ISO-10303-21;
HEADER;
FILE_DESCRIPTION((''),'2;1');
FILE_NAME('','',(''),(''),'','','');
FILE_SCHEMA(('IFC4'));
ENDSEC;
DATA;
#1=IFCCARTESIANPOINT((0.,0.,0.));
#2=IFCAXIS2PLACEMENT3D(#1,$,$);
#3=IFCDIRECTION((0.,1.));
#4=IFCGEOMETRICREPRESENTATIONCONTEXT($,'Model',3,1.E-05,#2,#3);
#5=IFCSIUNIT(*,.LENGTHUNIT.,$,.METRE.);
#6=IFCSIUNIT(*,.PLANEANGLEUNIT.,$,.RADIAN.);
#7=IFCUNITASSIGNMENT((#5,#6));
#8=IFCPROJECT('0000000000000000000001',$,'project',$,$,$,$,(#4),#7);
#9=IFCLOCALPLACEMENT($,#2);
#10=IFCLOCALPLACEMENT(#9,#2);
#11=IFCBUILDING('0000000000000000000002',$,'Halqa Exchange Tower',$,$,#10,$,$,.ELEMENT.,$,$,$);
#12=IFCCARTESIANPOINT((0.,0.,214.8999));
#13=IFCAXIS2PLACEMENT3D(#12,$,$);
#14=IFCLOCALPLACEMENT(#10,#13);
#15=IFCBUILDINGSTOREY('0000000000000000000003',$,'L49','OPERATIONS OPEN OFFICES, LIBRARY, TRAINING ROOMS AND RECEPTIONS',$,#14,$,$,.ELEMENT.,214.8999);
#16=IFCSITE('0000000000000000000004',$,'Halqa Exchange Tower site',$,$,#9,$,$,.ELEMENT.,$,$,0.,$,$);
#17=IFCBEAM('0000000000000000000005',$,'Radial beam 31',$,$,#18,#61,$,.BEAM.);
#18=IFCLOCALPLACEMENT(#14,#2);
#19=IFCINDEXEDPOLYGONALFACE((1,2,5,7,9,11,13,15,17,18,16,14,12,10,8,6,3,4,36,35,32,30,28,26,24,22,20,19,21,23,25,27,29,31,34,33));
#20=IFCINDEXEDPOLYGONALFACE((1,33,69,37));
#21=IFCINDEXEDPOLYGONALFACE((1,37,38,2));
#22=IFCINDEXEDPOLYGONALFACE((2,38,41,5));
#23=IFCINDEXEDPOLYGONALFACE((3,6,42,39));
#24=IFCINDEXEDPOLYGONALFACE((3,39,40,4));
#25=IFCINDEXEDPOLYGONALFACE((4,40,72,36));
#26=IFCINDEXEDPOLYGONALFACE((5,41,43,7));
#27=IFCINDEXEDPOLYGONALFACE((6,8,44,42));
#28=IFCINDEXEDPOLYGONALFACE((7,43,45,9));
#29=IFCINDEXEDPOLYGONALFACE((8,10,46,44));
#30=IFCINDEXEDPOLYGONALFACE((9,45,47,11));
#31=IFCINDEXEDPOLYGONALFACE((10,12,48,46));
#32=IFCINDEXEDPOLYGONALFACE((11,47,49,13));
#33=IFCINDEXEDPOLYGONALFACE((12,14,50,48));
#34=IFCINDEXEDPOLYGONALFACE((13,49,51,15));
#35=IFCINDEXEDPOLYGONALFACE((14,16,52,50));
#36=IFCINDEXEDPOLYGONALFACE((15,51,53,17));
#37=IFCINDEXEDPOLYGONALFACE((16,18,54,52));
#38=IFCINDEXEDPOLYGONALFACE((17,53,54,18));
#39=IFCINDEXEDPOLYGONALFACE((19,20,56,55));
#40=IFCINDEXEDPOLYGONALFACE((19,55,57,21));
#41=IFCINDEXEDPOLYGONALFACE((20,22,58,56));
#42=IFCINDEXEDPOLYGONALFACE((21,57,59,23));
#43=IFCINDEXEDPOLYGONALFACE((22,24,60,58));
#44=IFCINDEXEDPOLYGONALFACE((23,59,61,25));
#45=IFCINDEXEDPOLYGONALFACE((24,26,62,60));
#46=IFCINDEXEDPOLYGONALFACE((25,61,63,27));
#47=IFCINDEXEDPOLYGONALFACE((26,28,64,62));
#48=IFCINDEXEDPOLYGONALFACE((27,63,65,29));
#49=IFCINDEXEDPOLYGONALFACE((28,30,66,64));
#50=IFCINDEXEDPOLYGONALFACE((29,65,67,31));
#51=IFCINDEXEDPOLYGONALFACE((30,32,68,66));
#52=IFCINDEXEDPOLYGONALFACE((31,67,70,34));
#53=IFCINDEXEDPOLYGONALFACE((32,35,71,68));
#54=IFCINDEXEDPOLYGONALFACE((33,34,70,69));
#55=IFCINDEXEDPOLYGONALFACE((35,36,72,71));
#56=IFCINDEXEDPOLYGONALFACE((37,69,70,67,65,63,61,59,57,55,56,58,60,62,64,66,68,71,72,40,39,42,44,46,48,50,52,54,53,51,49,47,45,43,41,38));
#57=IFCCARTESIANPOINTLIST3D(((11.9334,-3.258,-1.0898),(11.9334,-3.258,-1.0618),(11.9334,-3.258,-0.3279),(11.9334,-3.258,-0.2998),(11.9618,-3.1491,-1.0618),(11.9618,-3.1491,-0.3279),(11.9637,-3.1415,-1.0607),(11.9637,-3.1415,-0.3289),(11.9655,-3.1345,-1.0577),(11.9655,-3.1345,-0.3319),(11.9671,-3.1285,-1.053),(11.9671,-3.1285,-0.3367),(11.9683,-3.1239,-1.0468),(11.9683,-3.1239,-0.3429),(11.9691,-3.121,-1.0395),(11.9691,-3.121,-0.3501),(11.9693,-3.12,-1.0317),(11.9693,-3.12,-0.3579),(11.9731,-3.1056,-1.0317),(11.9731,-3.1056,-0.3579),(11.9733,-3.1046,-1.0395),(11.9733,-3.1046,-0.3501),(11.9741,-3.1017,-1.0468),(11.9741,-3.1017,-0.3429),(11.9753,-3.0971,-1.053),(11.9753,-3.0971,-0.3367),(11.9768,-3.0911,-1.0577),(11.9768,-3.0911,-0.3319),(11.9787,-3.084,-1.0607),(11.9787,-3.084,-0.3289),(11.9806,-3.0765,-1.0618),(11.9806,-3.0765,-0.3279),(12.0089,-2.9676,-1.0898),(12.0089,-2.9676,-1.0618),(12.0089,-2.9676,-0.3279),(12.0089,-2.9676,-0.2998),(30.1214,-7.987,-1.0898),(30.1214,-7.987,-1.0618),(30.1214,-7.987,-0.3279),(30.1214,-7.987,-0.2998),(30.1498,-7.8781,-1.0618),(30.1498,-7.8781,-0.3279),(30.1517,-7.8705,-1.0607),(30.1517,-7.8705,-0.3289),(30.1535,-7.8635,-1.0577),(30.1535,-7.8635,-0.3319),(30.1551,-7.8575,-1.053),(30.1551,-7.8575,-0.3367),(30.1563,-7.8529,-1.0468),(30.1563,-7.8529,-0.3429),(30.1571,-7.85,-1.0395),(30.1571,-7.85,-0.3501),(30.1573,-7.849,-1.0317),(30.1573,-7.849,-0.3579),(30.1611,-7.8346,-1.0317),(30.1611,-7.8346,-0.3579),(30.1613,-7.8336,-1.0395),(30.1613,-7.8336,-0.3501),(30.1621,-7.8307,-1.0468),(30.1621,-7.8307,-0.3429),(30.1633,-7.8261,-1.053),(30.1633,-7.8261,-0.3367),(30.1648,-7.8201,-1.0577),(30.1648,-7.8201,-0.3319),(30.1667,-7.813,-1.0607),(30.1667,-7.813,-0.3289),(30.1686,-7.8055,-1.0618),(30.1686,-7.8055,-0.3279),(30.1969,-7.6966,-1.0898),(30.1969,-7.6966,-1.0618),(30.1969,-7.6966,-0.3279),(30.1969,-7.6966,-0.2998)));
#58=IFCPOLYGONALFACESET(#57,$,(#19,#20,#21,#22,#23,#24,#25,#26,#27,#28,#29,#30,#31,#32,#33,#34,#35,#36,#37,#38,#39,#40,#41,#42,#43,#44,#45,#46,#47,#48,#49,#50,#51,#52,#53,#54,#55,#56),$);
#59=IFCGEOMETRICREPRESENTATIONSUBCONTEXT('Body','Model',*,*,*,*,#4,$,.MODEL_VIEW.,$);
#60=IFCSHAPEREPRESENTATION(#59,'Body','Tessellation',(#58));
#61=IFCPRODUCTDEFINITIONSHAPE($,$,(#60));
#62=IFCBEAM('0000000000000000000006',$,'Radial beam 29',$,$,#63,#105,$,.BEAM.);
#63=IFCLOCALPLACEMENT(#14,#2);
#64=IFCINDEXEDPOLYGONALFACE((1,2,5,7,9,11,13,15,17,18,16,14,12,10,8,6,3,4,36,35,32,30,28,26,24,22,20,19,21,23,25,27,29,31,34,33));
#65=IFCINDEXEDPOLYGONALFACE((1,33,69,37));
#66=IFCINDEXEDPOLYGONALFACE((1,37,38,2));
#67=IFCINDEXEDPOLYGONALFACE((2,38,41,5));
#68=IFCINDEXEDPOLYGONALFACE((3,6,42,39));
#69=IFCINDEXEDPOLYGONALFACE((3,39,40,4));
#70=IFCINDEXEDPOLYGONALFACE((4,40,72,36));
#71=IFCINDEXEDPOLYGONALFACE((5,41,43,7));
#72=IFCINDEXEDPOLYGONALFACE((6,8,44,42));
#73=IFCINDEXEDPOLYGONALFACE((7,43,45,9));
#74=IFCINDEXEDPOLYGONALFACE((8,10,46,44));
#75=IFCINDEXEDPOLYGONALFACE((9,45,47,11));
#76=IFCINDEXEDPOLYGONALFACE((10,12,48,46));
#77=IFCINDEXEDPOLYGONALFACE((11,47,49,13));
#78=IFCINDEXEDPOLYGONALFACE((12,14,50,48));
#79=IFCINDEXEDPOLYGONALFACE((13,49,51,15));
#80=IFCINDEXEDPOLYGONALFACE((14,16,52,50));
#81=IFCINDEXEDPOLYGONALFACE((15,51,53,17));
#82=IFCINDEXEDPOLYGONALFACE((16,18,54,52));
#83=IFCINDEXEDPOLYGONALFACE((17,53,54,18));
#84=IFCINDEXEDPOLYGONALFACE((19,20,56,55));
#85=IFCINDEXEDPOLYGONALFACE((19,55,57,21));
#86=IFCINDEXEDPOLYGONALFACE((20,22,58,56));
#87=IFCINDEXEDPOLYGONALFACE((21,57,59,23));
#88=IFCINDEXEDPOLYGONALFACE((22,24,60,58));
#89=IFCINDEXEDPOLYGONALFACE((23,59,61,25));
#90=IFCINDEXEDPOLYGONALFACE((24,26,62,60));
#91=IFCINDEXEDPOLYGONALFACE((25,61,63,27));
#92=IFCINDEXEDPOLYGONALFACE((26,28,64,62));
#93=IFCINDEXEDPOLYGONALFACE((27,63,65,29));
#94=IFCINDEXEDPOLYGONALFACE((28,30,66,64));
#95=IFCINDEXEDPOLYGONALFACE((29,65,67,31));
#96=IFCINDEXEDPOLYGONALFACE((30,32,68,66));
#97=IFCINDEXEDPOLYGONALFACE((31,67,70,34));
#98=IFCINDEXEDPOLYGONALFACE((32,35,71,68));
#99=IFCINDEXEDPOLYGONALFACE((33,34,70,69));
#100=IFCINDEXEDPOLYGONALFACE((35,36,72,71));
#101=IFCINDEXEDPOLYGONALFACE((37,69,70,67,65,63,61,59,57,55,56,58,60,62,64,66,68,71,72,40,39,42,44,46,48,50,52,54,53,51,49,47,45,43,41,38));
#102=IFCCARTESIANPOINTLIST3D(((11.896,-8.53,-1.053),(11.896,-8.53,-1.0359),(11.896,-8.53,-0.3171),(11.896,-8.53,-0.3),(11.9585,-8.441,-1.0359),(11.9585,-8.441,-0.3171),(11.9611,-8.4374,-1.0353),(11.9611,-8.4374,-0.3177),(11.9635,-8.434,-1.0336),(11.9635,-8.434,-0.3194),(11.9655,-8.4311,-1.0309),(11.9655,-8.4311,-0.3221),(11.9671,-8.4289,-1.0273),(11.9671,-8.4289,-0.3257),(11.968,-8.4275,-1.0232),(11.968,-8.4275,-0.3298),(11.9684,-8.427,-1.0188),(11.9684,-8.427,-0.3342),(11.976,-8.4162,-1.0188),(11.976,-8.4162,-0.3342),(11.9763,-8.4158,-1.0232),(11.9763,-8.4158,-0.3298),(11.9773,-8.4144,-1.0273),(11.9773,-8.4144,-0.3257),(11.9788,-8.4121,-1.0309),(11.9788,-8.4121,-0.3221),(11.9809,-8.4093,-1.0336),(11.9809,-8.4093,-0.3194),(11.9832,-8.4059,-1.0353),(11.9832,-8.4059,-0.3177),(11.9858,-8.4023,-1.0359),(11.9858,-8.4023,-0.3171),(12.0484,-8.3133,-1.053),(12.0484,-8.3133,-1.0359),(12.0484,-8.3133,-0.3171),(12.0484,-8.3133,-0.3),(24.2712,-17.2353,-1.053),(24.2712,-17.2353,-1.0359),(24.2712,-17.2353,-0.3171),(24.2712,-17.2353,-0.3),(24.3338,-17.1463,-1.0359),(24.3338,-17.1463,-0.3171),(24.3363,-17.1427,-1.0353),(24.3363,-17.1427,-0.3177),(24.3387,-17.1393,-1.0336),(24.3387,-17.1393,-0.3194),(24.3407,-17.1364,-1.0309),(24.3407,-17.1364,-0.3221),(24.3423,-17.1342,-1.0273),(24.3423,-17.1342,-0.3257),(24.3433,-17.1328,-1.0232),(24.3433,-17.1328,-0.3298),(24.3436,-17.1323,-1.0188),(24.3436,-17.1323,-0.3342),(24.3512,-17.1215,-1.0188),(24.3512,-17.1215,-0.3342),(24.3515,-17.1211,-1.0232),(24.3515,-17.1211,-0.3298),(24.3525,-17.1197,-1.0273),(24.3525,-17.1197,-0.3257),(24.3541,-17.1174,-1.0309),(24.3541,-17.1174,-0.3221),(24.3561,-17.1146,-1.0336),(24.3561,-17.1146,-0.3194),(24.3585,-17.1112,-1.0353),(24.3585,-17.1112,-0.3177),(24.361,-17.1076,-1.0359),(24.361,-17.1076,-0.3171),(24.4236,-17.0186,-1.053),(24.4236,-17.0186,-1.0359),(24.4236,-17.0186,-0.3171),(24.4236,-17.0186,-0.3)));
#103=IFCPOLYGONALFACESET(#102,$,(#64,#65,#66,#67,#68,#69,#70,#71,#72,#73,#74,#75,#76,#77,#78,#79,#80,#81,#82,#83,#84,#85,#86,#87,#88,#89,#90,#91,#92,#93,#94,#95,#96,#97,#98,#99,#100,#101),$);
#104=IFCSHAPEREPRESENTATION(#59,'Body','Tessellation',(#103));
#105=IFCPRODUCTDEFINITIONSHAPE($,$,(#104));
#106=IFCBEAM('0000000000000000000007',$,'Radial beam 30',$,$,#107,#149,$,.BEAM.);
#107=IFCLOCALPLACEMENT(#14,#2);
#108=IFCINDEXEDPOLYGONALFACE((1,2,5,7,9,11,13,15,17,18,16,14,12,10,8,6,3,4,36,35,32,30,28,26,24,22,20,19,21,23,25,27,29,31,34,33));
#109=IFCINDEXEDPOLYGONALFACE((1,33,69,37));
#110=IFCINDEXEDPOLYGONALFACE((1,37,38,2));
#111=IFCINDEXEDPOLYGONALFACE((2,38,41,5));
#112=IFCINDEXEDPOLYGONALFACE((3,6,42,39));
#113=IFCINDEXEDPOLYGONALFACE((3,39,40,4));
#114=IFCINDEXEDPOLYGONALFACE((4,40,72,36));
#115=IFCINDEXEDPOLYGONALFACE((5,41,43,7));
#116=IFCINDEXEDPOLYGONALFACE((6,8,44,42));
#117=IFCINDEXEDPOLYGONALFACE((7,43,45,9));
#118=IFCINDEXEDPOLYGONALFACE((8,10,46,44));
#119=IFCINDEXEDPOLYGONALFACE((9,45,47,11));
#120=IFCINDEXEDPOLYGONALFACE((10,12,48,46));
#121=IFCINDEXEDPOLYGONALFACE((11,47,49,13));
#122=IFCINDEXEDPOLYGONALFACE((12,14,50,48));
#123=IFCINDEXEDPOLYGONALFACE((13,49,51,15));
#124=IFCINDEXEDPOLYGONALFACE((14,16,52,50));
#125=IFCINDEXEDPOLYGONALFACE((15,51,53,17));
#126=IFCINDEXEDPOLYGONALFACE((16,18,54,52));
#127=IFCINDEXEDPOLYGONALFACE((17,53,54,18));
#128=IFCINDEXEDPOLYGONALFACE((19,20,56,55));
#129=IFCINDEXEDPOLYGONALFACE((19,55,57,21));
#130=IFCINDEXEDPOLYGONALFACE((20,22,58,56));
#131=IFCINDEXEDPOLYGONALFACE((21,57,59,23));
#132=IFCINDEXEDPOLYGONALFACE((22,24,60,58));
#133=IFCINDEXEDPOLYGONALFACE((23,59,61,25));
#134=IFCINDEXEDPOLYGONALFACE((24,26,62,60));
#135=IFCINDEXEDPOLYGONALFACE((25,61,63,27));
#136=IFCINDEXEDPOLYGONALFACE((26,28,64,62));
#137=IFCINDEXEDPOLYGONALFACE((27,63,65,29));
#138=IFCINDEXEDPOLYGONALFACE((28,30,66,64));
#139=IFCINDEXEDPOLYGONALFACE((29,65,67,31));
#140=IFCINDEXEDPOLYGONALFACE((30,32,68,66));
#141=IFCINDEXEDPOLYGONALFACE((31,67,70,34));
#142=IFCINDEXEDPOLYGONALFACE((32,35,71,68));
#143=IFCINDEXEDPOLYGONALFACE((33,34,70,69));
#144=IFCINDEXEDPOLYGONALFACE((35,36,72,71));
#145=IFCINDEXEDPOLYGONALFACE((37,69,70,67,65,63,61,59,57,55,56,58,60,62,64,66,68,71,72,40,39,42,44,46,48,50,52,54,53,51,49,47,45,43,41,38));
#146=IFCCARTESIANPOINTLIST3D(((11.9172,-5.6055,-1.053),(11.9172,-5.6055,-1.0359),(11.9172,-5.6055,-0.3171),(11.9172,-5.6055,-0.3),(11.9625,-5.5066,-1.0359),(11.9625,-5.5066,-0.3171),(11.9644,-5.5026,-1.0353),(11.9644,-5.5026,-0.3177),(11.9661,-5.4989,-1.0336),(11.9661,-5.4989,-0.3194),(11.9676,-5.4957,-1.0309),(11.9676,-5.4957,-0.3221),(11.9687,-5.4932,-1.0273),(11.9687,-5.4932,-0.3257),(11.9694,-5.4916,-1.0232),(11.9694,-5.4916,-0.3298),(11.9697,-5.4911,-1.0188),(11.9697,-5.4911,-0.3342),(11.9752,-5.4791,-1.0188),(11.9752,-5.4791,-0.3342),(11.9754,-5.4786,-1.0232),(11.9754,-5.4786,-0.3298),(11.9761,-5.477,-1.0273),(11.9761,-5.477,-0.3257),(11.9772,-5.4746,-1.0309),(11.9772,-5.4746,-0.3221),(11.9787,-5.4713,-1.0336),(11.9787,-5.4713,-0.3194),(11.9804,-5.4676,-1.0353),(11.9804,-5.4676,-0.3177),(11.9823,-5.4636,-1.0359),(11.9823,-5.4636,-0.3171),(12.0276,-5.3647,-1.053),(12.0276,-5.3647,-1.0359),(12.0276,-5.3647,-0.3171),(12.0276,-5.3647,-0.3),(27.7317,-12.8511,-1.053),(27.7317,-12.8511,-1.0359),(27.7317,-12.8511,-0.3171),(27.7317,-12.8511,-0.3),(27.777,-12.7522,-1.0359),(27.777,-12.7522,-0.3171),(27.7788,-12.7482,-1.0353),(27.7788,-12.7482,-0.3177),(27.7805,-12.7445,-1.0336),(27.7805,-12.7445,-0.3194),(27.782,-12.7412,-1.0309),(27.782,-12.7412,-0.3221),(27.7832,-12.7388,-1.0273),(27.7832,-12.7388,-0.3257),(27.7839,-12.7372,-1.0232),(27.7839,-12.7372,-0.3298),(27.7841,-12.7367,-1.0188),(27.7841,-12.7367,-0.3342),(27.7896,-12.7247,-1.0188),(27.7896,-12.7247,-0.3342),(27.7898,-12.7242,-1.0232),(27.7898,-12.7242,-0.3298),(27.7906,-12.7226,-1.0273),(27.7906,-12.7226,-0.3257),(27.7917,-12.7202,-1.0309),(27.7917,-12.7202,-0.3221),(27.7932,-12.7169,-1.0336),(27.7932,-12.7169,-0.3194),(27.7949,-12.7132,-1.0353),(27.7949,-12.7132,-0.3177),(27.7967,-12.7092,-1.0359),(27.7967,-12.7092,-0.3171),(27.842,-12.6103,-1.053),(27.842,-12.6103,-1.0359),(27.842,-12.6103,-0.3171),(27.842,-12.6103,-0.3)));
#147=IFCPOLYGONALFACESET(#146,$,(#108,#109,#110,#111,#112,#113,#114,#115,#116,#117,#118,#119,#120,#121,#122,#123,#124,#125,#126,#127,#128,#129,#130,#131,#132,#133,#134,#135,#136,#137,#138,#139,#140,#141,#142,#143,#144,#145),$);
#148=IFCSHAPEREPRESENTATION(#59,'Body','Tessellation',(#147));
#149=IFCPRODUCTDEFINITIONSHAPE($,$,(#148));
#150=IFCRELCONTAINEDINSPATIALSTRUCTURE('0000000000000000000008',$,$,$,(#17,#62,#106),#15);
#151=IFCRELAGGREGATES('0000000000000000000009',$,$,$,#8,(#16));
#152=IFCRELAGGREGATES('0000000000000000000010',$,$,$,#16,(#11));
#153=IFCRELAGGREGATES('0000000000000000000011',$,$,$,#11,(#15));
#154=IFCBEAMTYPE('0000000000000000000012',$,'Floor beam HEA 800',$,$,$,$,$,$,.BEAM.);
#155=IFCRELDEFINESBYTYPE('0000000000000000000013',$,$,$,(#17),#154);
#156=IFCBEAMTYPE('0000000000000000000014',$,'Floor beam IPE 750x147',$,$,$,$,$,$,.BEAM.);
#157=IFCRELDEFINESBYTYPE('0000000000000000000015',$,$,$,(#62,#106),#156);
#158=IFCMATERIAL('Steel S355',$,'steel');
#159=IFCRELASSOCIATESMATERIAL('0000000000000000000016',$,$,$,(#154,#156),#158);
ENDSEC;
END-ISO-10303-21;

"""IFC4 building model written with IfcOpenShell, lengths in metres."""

from ifc_helpers import new_model, si_unit, direction, frame, origin, origin_2d, place, context, subcontext, project, spatial, i_section, extrude, material, material_profile, profile_set, type_object, element, save


model = new_model("IFC4")

# Units and contexts
model_context = context("Model", 3, precision=1e-05, world=origin(), true_north=direction((0.0, 1.0)))
body_context = subcontext(model_context, "Body", "Model", "MODEL_VIEW")
ifc_project = project(units=[si_unit("LENGTHUNIT", "METRE"), si_unit("PLANEANGLEUNIT", "RADIAN")], contexts=[model_context])

# Site, building, storey
site_placement = place(None, origin())
site = spatial("IfcSite", under=ifc_project, at=site_placement, Name="Halqa Exchange Tower site", CompositionType="ELEMENT", RefElevation=0.0)
building_placement = place(site_placement, origin())
building = spatial("IfcBuilding", under=site, at=building_placement, Name="Halqa Exchange Tower", CompositionType="ELEMENT")
storey_placement = place(building_placement, frame((0.0, 0.0, 214.8999)))
storey = spatial("IfcBuildingStorey", under=building, at=storey_placement, Name="L49", Description="OPERATIONS OPEN OFFICES, LIBRARY, TRAINING ROOMS AND RECEPTIONS", CompositionType="ELEMENT", Elevation=214.8999)

# Beams
ifc_material_1 = material(Name="Steel S355", Category="steel")
ifc_material_profile_1 = material_profile(ifc_material_1, i_section(OverallWidth=0.3, OverallDepth=0.79, WebThickness=0.0149, FlangeThickness=0.0281, FilletRadius=0.03, at=origin_2d()), Name="HEA 800")
ifc_profile_set_1 = profile_set([ifc_material_profile_1], Name="Steel S355")
beam_type_1 = type_object("IfcBeamType", Name="Floor beam HEA 800", PredefinedType="BEAM", material=ifc_profile_set_1)
beam_1_placement = place(storey_placement, frame((11.9712, -3.1128, -0.6948), z_axis=(0.967821, -0.25164, 0.0), x_axis=(0.25164, 0.967821, 0.0)))
element("IfcBeam", 1, at=beam_1_placement, inside=storey, type_object=beam_type_1, Name="Radial beam 31", PredefinedType="BEAM", context=body_context, shape_type="SweptSolid", body=[
    extrude(i_section(OverallWidth=0.3, OverallDepth=0.79, WebThickness=0.0149, FlangeThickness=0.0281, FilletRadius=0.03, at=origin_2d()), origin(), (0.0, 0.0, 1.0), 18.7927),
])
ifc_material_profile_2 = material_profile(ifc_material_1, i_section(OverallWidth=0.2649, OverallDepth=0.7529, WebThickness=0.0132, FlangeThickness=0.0171, FilletRadius=0.0171, at=origin_2d()), Name="IPE 750x147")
ifc_profile_set_2 = profile_set([ifc_material_profile_2], Name="Steel S355")
beam_type_2 = type_object("IfcBeamType", Name="Floor beam IPE 750x147", PredefinedType="BEAM", material=ifc_profile_set_2)
beam_2_placement = place(storey_placement, frame((11.9722, -8.4216, -0.6765), z_axis=(0.817905, -0.575353, 0.0), x_axis=(0.575353, 0.817905, 0.0)))
element("IfcBeam", 2, at=beam_2_placement, inside=storey, type_object=beam_type_2, Name="Radial beam 29", PredefinedType="BEAM", context=body_context, shape_type="SweptSolid", body=[
    extrude(i_section(OverallWidth=0.2649, OverallDepth=0.7529, WebThickness=0.0132, FlangeThickness=0.0171, FilletRadius=0.0171, at=origin_2d()), origin(), (0.0, 0.0, 1.0), 15.1304),
])
beam_3_placement = place(storey_placement, frame((11.9724, -5.4851, -0.6765), z_axis=(0.909123, -0.416527, 0.0), x_axis=(0.416527, 0.909123, 0.0)))
element("IfcBeam", 3, at=beam_3_placement, inside=storey, type_object=beam_type_2, Name="Radial beam 30", PredefinedType="BEAM", context=body_context, shape_type="SweptSolid", body=[
    extrude(i_section(OverallWidth=0.2649, OverallDepth=0.7529, WebThickness=0.0132, FlangeThickness=0.0171, FilletRadius=0.0171, at=origin_2d()), origin(), (0.0, 0.0, 1.0), 17.3953),
])

save(model, "model.ifc")
